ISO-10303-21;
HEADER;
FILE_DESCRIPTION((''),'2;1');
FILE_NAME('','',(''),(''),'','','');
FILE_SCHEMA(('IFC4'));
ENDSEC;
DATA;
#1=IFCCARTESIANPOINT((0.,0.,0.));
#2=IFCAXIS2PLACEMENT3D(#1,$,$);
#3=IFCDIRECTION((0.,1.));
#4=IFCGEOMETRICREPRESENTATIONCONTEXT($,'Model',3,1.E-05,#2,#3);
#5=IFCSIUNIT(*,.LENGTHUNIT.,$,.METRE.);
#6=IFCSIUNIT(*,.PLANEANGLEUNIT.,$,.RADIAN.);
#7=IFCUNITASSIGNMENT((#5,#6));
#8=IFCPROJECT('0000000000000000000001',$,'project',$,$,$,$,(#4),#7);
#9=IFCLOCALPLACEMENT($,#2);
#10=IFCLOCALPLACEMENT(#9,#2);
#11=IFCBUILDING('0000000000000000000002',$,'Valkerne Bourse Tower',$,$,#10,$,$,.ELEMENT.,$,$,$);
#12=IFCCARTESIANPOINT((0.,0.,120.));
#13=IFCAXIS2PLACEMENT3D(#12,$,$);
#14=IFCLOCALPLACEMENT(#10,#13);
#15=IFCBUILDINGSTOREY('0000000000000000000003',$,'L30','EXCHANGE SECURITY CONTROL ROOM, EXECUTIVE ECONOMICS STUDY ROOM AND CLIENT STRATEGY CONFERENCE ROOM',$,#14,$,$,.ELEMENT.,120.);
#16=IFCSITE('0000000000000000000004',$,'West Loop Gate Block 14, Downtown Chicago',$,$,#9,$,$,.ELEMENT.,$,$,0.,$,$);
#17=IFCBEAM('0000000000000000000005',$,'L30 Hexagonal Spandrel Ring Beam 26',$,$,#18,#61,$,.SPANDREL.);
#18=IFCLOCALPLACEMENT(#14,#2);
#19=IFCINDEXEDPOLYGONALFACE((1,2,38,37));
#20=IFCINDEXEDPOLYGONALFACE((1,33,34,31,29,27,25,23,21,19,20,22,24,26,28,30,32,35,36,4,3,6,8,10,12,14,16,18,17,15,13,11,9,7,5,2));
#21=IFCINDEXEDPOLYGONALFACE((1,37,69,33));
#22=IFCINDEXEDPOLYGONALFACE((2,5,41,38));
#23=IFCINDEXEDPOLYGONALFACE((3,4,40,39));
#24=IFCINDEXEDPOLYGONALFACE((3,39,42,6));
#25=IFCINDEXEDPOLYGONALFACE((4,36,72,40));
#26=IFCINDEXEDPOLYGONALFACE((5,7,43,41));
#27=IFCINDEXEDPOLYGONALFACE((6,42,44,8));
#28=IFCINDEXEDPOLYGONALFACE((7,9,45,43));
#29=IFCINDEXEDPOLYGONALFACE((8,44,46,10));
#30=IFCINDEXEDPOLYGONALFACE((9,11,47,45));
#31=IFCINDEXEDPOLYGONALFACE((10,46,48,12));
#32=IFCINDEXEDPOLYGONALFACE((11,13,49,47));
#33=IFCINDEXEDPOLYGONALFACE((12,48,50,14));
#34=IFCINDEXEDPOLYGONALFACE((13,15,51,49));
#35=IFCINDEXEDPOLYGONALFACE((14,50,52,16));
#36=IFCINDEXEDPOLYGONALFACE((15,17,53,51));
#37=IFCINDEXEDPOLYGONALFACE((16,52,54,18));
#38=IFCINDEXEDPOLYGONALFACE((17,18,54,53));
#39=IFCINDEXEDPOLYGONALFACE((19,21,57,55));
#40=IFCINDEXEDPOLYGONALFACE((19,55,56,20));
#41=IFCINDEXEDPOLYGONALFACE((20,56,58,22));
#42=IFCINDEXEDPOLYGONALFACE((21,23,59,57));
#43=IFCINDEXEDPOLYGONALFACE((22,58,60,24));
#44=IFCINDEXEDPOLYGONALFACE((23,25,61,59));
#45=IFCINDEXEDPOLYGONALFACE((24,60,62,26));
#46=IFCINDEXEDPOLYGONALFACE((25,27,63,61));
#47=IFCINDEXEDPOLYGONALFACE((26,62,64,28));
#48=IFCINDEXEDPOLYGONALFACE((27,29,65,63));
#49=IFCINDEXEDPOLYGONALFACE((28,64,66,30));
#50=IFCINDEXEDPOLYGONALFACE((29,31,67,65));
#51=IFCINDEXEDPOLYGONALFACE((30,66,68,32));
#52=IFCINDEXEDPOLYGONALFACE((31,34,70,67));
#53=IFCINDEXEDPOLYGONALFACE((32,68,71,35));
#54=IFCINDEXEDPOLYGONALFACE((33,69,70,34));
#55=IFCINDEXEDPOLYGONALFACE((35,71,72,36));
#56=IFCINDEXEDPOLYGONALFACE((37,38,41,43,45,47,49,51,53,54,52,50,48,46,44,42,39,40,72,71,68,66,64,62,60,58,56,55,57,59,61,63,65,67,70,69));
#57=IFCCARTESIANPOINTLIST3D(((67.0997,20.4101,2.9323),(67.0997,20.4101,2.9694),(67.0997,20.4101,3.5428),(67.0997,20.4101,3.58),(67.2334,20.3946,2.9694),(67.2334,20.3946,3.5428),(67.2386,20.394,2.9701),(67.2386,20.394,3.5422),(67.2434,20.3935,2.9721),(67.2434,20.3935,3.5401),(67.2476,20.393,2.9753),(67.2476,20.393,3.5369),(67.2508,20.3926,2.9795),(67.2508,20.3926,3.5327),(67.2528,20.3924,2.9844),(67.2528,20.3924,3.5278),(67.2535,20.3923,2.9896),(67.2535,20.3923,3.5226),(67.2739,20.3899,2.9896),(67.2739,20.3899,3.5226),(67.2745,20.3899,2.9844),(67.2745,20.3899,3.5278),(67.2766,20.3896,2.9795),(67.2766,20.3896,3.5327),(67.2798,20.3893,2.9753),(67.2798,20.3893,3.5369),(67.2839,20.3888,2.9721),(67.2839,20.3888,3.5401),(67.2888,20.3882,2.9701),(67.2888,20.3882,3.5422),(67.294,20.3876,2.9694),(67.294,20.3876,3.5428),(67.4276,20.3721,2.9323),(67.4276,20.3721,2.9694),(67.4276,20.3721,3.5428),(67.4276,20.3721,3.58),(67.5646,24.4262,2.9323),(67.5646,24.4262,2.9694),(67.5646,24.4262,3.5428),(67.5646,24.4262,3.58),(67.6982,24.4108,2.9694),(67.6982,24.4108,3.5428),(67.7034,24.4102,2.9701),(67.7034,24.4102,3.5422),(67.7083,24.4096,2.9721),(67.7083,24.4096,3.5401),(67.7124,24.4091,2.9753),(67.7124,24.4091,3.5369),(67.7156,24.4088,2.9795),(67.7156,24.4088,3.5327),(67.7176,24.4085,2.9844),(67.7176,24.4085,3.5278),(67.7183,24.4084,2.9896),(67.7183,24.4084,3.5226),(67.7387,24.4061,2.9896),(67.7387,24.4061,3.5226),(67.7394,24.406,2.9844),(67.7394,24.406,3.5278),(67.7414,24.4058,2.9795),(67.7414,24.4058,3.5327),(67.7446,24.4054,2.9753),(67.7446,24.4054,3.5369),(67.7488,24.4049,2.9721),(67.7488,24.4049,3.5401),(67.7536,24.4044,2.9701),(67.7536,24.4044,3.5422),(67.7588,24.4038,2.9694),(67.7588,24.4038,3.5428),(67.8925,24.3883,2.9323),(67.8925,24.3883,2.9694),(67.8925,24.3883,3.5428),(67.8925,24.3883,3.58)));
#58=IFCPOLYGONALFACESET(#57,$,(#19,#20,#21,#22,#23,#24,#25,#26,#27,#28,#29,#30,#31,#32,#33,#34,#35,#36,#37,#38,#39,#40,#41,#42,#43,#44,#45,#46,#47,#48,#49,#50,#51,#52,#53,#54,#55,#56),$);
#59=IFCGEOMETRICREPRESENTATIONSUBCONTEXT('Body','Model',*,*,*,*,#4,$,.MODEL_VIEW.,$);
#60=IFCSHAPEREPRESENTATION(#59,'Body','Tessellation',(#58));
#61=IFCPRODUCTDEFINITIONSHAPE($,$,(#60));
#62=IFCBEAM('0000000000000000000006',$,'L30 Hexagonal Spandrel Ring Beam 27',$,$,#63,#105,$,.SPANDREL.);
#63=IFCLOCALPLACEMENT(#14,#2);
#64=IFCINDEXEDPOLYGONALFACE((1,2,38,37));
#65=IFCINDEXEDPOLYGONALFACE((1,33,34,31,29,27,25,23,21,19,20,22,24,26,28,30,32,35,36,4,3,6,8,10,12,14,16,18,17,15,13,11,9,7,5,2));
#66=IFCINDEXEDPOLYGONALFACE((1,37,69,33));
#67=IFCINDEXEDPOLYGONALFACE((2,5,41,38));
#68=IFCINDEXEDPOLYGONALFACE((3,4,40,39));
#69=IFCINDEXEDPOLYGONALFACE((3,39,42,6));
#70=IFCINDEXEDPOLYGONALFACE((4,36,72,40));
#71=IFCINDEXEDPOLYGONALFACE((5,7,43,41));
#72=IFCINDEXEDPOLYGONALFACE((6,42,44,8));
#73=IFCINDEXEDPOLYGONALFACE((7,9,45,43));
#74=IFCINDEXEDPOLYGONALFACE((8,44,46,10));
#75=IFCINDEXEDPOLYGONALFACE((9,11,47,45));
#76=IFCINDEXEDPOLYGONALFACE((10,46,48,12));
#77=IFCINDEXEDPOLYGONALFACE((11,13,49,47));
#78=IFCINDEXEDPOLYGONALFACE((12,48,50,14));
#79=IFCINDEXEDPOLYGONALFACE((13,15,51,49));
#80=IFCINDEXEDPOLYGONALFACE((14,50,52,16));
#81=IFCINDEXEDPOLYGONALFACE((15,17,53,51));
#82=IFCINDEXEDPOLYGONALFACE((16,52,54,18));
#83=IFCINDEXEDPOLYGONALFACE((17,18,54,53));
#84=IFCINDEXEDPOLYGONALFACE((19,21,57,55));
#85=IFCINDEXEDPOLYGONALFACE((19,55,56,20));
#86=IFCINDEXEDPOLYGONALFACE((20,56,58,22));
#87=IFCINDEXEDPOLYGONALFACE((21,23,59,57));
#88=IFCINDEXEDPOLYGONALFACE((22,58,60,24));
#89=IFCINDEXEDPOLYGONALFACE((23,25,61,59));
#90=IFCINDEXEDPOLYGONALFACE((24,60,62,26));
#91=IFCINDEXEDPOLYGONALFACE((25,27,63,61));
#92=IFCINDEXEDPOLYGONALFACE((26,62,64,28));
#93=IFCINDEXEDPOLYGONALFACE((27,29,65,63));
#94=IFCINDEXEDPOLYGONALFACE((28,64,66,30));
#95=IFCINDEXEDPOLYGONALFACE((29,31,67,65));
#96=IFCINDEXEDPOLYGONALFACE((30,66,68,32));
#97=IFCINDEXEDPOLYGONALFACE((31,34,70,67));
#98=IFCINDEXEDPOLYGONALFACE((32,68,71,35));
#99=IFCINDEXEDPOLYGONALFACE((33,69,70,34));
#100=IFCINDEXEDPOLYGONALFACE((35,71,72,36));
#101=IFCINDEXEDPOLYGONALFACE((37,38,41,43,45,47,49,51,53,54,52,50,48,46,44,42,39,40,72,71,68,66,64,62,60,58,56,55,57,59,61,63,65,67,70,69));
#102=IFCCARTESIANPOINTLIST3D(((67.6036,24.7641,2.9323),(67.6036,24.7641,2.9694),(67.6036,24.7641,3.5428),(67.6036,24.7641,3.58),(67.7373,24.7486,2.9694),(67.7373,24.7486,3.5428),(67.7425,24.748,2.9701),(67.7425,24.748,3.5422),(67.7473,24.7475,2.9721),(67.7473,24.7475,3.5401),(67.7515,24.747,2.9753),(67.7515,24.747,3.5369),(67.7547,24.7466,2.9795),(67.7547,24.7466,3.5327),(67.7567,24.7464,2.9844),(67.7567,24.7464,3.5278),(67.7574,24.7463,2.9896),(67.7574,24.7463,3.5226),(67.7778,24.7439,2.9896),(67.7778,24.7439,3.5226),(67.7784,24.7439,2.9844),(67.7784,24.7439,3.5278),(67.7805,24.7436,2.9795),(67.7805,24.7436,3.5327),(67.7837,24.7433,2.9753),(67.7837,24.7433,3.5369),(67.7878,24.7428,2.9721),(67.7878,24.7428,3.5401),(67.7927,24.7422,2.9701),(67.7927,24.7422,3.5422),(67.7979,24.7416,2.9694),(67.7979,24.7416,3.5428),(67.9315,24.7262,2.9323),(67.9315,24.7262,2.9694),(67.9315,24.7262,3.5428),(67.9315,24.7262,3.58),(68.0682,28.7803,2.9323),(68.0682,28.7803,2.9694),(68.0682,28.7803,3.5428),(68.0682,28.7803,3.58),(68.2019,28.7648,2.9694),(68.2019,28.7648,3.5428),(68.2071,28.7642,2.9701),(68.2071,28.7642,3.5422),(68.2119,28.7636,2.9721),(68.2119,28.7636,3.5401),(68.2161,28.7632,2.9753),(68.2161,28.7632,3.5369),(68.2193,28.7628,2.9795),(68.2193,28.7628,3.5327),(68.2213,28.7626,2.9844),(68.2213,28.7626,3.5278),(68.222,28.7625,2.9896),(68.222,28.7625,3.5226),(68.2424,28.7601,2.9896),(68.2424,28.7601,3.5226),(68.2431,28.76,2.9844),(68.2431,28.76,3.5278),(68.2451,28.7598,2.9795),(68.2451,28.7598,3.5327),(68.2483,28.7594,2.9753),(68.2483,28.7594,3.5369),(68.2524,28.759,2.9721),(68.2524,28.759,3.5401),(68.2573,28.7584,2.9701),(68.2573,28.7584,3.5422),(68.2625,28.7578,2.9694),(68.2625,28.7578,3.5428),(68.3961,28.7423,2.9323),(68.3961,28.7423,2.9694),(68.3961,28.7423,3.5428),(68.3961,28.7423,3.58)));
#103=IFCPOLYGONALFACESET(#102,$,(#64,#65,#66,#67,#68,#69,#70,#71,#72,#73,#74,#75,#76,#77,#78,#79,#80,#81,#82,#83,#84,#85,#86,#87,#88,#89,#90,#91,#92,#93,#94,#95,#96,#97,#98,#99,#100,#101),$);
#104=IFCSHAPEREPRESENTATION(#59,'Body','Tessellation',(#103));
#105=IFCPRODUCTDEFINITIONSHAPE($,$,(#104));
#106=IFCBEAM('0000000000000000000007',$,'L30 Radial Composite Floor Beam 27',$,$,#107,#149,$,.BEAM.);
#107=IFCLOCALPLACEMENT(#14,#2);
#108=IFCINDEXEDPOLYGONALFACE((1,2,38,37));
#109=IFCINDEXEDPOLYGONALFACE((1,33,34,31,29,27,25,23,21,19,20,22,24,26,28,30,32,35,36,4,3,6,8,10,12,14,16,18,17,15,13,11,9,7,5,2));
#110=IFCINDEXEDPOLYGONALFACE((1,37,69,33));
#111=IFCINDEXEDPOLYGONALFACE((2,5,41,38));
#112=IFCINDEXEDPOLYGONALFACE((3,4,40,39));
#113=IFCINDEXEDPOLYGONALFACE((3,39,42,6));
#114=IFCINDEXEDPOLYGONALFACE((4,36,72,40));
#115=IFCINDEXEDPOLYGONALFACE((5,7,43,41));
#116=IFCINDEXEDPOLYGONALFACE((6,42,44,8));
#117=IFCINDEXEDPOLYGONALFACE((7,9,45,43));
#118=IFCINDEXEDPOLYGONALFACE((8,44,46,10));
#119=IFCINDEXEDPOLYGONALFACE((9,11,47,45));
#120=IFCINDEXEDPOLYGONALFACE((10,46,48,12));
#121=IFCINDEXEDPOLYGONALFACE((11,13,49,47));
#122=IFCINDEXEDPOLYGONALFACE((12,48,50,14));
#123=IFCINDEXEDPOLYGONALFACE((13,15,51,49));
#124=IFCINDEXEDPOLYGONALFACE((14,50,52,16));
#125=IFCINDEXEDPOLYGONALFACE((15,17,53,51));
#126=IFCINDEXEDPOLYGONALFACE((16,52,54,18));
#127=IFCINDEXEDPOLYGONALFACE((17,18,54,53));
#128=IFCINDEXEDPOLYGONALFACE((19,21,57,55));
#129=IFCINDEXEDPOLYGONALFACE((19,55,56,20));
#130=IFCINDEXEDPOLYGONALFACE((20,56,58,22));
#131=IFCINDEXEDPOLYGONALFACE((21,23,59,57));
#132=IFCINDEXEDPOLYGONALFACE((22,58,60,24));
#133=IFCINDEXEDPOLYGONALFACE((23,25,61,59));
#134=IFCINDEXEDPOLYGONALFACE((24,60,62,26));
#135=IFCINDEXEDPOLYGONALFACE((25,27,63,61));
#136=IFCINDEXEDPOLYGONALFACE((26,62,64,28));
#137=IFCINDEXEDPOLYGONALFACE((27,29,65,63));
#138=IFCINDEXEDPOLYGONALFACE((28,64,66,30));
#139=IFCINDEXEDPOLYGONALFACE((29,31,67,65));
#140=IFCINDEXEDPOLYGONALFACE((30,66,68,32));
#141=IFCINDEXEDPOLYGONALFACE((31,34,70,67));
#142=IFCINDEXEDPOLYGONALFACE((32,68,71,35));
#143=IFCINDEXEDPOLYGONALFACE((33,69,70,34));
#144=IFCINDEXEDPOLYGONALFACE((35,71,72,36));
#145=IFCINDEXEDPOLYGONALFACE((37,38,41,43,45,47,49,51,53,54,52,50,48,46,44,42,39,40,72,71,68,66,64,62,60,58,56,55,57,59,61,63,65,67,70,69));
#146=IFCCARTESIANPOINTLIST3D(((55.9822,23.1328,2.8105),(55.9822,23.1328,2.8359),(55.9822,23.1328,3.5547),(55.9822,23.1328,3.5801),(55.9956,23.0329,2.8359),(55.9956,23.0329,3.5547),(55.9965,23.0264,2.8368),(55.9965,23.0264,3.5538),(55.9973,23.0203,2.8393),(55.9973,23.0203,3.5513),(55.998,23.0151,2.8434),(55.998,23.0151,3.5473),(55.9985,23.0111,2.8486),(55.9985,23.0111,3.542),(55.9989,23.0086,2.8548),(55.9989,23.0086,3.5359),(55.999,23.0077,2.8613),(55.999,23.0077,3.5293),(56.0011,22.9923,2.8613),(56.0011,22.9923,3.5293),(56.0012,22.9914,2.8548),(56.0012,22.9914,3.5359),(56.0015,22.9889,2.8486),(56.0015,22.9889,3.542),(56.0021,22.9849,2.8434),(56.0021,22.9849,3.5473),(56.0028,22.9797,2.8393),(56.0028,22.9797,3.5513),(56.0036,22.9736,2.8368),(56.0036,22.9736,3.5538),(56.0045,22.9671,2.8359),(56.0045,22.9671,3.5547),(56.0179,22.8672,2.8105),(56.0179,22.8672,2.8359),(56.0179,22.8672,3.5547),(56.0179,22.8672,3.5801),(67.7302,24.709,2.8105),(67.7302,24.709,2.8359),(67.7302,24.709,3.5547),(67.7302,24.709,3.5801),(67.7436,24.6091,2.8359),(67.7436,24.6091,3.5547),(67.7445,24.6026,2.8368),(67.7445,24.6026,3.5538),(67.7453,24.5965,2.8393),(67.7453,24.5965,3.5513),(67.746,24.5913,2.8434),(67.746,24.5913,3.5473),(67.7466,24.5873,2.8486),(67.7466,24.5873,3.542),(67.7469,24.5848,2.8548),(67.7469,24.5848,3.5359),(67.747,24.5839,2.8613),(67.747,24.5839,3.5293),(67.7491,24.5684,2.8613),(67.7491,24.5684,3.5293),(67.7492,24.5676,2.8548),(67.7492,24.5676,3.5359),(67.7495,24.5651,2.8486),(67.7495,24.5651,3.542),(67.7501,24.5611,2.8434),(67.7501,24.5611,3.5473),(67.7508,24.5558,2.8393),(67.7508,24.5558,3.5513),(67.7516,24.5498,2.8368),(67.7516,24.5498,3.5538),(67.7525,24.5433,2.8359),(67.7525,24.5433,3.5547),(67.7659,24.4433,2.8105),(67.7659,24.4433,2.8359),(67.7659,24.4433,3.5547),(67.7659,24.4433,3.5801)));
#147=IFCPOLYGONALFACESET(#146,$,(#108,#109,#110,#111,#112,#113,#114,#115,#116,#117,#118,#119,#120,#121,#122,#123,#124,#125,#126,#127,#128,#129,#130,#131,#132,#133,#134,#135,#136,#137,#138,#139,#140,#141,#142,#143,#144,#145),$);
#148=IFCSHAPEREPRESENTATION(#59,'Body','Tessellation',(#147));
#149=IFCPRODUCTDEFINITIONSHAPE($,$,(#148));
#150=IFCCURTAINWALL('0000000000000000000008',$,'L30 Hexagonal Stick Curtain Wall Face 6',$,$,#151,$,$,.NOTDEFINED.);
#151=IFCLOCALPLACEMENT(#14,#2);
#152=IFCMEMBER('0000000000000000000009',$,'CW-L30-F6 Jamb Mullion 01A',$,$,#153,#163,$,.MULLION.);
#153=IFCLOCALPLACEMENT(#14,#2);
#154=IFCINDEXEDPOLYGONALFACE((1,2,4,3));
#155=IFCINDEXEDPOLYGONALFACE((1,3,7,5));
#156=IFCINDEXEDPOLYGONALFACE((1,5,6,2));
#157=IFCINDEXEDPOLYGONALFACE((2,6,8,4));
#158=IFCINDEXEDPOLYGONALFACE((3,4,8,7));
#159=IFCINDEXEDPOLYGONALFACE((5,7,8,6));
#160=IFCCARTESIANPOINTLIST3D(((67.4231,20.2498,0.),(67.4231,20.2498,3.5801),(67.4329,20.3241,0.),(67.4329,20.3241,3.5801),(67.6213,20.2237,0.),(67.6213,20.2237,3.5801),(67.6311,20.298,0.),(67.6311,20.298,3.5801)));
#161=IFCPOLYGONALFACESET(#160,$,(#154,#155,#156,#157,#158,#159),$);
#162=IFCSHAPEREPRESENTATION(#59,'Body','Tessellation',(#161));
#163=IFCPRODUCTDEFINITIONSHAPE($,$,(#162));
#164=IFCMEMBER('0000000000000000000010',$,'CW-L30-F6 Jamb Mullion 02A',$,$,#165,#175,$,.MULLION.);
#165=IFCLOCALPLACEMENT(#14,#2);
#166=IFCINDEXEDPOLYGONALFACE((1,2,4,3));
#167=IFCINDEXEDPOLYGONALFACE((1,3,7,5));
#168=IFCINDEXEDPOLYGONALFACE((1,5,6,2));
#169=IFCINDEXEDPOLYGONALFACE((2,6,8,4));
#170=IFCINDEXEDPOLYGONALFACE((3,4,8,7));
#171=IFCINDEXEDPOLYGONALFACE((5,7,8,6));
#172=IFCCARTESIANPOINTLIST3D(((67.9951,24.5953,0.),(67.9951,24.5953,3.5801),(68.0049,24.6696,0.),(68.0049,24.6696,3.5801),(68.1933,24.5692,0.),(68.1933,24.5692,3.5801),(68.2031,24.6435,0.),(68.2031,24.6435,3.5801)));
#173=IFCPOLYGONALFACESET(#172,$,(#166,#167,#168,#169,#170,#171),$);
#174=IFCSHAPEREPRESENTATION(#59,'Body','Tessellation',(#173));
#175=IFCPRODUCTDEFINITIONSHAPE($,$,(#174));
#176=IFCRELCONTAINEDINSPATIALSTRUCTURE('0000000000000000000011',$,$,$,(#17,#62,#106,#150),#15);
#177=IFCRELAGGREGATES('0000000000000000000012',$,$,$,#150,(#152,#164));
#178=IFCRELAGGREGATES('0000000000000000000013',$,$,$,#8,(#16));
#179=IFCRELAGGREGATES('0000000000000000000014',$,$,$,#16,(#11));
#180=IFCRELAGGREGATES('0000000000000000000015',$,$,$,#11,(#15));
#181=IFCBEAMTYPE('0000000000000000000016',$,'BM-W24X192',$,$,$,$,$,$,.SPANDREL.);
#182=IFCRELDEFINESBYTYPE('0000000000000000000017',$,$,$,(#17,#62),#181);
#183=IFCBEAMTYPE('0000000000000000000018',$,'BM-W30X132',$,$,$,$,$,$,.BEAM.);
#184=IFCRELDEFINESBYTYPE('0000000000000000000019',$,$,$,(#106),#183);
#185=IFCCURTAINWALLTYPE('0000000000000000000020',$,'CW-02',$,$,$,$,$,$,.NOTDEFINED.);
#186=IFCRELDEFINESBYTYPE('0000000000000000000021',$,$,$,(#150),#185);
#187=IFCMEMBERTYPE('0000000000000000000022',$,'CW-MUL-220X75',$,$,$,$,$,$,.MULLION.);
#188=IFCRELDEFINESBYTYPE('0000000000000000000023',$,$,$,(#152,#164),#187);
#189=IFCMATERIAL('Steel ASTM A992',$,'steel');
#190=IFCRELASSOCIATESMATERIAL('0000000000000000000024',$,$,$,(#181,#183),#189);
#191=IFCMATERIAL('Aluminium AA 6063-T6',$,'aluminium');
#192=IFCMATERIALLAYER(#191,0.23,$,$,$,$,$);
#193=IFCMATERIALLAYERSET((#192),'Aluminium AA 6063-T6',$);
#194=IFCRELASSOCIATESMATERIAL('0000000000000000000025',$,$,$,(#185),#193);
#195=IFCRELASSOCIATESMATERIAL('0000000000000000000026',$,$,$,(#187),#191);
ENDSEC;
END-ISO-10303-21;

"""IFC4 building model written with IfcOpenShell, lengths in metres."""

from ifc_helpers import new_model, si_unit, direction, frame, origin, origin_2d, place, context, subcontext, project, spatial, rectangle, i_section, extrude, material, layer, layer_set, material_profile, profile_set, type_object, element, aggregate, save


model = new_model("IFC4")

# Units and contexts
model_context = context("Model", 3, precision=1e-05, world=origin(), true_north=direction((0.0, 1.0)))
body_context = subcontext(model_context, "Body", "Model", "MODEL_VIEW")
ifc_project = project(units=[si_unit("LENGTHUNIT", "METRE"), si_unit("PLANEANGLEUNIT", "RADIAN")], contexts=[model_context])

# Site, building, storey
site_placement = place(None, origin())
site = spatial("IfcSite", under=ifc_project, at=site_placement, Name="West Loop Gate Block 14, Downtown Chicago", CompositionType="ELEMENT", RefElevation=0.0)
building_placement = place(site_placement, origin())
building = spatial("IfcBuilding", under=site, at=building_placement, Name="Valkerne Bourse Tower", CompositionType="ELEMENT")
storey_placement = place(building_placement, frame((0.0, 0.0, 120.0)))
storey = spatial("IfcBuildingStorey", under=building, at=storey_placement, Name="L30", Description="EXCHANGE SECURITY CONTROL ROOM, EXECUTIVE ECONOMICS STUDY ROOM AND CLIENT STRATEGY CONFERENCE ROOM", CompositionType="ELEMENT", Elevation=120.0)

# Beams
ifc_material_1 = material(Name="Steel ASTM A992", Category="steel")
ifc_material_profile_1 = material_profile(ifc_material_1, i_section(OverallWidth=0.3301, OverallDepth=0.6477, WebThickness=0.0205, FlangeThickness=0.0371, FilletRadius=0.0203, at=origin_2d()), Name="W24X192")
ifc_profile_set_1 = profile_set([ifc_material_profile_1], Name="Steel ASTM A992")
beam_type_1 = type_object("IfcBeamType", Name="BM-W24X192", PredefinedType="SPANDREL", material=ifc_profile_set_1)
for number, where, z_axis, x_axis, name in (
    (1, (67.2637, 20.3911, 3.2561), (0.114977, 0.993368, 0.0), (-0.993368, 0.114977, 0.0), "L30 Hexagonal Spandrel Ring Beam 26"),
    (2, (67.7676, 24.7451, 3.2561), (0.114917, 0.993375, 0.0), (-0.993375, 0.114917, 0.0), "L30 Hexagonal Spandrel Ring Beam 27"),
):
    element("IfcBeam", number, at=place(storey_placement, frame(where, z_axis=z_axis, x_axis=x_axis)), inside=storey, type_object=beam_type_1, Name=name, PredefinedType="SPANDREL", context=body_context, shape_type="SweptSolid", body=[
        extrude(i_section(OverallWidth=0.3301, OverallDepth=0.6477, WebThickness=0.0205, FlangeThickness=0.0371, FilletRadius=0.0203, at=origin_2d()), origin(), (0.0, 0.0, 1.0), 4.043),
    ])
ifc_material_profile_2 = material_profile(ifc_material_1, i_section(OverallWidth=0.2681, OverallDepth=0.7695, WebThickness=0.0156, FlangeThickness=0.0254, FilletRadius=0.0254, at=origin_2d()), Name="W30X132")
ifc_profile_set_2 = profile_set([ifc_material_profile_2], Name="Steel ASTM A992")
beam_type_2 = type_object("IfcBeamType", Name="BM-W30X132", PredefinedType="BEAM", material=ifc_profile_set_2)
beam_1_placement = place(storey_placement, frame((67.748, 24.5762, 3.1953), z_axis=(-0.99112, -0.132973, 0.0), x_axis=(0.132973, -0.99112, 0.0)))
element("IfcBeam", 3, at=beam_1_placement, inside=storey, type_object=beam_type_2, Name="L30 Radial Composite Floor Beam 27", PredefinedType="BEAM", context=body_context, shape_type="SweptSolid", body=[
    extrude(i_section(OverallWidth=0.2681, OverallDepth=0.7695, WebThickness=0.0156, FlangeThickness=0.0254, FilletRadius=0.0254, at=origin_2d()), origin(), (0.0, 0.0, 1.0), 11.8533),
])

# Curtain wall, members
ifc_material_2 = material(Name="Aluminium AA 6063-T6", Category="aluminium")
ifc_layer_1 = layer(ifc_material_2, 0.23)
ifc_layer_set_1 = layer_set([ifc_layer_1], Name="Aluminium AA 6063-T6")
curtain_wall_type = type_object("IfcCurtainWallType", Name="CW-02", PredefinedType="NOTDEFINED", material=ifc_layer_set_1)
curtain_wall_placement = place(storey_placement, origin())
curtain_wall = element("IfcCurtainWall", 4, at=curtain_wall_placement, inside=storey, type_object=curtain_wall_type, Name="L30 Hexagonal Stick Curtain Wall Face 6", PredefinedType="NOTDEFINED")
ifc_material_profile_3 = material_profile(ifc_material_2, rectangle(XDim=0.075, YDim=0.2, at=origin_2d()), Name="CWM-75X200")
ifc_profile_set_3 = profile_set([ifc_material_profile_3], Name="Aluminium AA 6063-T6")
member_type_1 = type_object("IfcMemberType", Name="CW-MUL-220X75", PredefinedType="MULLION", material=ifc_profile_set_3)
member_1_placement = place(storey_placement, frame((67.5271, 20.2739, 0.0), z_axis=(0.0, 0.0, 1.0), x_axis=(0.130527, 0.991445, 0.0)))
member_1 = element("IfcMember", 5, at=member_1_placement, type_object=member_type_1, Name="CW-L30-F6 Jamb Mullion 01A", PredefinedType="MULLION", context=body_context, shape_type="SweptSolid", body=[
    extrude(rectangle(XDim=0.075, YDim=0.2, at=origin_2d()), origin(), (0.0, 0.0, 1.0), 3.5801),
])
member_2_placement = place(storey_placement, frame((68.0991, 24.6194, 0.0), z_axis=(0.0, 0.0, 1.0), x_axis=(0.130527, 0.991445, 0.0)))
member_2 = element("IfcMember", 6, at=member_2_placement, type_object=member_type_1, Name="CW-L30-F6 Jamb Mullion 02A", PredefinedType="MULLION", context=body_context, shape_type="SweptSolid", body=[
    extrude(rectangle(XDim=0.075, YDim=0.2, at=origin_2d()), origin(), (0.0, 0.0, 1.0), 3.5801),
])

aggregate(curtain_wall, [member_1, member_2])

save(model, "model.ifc")
